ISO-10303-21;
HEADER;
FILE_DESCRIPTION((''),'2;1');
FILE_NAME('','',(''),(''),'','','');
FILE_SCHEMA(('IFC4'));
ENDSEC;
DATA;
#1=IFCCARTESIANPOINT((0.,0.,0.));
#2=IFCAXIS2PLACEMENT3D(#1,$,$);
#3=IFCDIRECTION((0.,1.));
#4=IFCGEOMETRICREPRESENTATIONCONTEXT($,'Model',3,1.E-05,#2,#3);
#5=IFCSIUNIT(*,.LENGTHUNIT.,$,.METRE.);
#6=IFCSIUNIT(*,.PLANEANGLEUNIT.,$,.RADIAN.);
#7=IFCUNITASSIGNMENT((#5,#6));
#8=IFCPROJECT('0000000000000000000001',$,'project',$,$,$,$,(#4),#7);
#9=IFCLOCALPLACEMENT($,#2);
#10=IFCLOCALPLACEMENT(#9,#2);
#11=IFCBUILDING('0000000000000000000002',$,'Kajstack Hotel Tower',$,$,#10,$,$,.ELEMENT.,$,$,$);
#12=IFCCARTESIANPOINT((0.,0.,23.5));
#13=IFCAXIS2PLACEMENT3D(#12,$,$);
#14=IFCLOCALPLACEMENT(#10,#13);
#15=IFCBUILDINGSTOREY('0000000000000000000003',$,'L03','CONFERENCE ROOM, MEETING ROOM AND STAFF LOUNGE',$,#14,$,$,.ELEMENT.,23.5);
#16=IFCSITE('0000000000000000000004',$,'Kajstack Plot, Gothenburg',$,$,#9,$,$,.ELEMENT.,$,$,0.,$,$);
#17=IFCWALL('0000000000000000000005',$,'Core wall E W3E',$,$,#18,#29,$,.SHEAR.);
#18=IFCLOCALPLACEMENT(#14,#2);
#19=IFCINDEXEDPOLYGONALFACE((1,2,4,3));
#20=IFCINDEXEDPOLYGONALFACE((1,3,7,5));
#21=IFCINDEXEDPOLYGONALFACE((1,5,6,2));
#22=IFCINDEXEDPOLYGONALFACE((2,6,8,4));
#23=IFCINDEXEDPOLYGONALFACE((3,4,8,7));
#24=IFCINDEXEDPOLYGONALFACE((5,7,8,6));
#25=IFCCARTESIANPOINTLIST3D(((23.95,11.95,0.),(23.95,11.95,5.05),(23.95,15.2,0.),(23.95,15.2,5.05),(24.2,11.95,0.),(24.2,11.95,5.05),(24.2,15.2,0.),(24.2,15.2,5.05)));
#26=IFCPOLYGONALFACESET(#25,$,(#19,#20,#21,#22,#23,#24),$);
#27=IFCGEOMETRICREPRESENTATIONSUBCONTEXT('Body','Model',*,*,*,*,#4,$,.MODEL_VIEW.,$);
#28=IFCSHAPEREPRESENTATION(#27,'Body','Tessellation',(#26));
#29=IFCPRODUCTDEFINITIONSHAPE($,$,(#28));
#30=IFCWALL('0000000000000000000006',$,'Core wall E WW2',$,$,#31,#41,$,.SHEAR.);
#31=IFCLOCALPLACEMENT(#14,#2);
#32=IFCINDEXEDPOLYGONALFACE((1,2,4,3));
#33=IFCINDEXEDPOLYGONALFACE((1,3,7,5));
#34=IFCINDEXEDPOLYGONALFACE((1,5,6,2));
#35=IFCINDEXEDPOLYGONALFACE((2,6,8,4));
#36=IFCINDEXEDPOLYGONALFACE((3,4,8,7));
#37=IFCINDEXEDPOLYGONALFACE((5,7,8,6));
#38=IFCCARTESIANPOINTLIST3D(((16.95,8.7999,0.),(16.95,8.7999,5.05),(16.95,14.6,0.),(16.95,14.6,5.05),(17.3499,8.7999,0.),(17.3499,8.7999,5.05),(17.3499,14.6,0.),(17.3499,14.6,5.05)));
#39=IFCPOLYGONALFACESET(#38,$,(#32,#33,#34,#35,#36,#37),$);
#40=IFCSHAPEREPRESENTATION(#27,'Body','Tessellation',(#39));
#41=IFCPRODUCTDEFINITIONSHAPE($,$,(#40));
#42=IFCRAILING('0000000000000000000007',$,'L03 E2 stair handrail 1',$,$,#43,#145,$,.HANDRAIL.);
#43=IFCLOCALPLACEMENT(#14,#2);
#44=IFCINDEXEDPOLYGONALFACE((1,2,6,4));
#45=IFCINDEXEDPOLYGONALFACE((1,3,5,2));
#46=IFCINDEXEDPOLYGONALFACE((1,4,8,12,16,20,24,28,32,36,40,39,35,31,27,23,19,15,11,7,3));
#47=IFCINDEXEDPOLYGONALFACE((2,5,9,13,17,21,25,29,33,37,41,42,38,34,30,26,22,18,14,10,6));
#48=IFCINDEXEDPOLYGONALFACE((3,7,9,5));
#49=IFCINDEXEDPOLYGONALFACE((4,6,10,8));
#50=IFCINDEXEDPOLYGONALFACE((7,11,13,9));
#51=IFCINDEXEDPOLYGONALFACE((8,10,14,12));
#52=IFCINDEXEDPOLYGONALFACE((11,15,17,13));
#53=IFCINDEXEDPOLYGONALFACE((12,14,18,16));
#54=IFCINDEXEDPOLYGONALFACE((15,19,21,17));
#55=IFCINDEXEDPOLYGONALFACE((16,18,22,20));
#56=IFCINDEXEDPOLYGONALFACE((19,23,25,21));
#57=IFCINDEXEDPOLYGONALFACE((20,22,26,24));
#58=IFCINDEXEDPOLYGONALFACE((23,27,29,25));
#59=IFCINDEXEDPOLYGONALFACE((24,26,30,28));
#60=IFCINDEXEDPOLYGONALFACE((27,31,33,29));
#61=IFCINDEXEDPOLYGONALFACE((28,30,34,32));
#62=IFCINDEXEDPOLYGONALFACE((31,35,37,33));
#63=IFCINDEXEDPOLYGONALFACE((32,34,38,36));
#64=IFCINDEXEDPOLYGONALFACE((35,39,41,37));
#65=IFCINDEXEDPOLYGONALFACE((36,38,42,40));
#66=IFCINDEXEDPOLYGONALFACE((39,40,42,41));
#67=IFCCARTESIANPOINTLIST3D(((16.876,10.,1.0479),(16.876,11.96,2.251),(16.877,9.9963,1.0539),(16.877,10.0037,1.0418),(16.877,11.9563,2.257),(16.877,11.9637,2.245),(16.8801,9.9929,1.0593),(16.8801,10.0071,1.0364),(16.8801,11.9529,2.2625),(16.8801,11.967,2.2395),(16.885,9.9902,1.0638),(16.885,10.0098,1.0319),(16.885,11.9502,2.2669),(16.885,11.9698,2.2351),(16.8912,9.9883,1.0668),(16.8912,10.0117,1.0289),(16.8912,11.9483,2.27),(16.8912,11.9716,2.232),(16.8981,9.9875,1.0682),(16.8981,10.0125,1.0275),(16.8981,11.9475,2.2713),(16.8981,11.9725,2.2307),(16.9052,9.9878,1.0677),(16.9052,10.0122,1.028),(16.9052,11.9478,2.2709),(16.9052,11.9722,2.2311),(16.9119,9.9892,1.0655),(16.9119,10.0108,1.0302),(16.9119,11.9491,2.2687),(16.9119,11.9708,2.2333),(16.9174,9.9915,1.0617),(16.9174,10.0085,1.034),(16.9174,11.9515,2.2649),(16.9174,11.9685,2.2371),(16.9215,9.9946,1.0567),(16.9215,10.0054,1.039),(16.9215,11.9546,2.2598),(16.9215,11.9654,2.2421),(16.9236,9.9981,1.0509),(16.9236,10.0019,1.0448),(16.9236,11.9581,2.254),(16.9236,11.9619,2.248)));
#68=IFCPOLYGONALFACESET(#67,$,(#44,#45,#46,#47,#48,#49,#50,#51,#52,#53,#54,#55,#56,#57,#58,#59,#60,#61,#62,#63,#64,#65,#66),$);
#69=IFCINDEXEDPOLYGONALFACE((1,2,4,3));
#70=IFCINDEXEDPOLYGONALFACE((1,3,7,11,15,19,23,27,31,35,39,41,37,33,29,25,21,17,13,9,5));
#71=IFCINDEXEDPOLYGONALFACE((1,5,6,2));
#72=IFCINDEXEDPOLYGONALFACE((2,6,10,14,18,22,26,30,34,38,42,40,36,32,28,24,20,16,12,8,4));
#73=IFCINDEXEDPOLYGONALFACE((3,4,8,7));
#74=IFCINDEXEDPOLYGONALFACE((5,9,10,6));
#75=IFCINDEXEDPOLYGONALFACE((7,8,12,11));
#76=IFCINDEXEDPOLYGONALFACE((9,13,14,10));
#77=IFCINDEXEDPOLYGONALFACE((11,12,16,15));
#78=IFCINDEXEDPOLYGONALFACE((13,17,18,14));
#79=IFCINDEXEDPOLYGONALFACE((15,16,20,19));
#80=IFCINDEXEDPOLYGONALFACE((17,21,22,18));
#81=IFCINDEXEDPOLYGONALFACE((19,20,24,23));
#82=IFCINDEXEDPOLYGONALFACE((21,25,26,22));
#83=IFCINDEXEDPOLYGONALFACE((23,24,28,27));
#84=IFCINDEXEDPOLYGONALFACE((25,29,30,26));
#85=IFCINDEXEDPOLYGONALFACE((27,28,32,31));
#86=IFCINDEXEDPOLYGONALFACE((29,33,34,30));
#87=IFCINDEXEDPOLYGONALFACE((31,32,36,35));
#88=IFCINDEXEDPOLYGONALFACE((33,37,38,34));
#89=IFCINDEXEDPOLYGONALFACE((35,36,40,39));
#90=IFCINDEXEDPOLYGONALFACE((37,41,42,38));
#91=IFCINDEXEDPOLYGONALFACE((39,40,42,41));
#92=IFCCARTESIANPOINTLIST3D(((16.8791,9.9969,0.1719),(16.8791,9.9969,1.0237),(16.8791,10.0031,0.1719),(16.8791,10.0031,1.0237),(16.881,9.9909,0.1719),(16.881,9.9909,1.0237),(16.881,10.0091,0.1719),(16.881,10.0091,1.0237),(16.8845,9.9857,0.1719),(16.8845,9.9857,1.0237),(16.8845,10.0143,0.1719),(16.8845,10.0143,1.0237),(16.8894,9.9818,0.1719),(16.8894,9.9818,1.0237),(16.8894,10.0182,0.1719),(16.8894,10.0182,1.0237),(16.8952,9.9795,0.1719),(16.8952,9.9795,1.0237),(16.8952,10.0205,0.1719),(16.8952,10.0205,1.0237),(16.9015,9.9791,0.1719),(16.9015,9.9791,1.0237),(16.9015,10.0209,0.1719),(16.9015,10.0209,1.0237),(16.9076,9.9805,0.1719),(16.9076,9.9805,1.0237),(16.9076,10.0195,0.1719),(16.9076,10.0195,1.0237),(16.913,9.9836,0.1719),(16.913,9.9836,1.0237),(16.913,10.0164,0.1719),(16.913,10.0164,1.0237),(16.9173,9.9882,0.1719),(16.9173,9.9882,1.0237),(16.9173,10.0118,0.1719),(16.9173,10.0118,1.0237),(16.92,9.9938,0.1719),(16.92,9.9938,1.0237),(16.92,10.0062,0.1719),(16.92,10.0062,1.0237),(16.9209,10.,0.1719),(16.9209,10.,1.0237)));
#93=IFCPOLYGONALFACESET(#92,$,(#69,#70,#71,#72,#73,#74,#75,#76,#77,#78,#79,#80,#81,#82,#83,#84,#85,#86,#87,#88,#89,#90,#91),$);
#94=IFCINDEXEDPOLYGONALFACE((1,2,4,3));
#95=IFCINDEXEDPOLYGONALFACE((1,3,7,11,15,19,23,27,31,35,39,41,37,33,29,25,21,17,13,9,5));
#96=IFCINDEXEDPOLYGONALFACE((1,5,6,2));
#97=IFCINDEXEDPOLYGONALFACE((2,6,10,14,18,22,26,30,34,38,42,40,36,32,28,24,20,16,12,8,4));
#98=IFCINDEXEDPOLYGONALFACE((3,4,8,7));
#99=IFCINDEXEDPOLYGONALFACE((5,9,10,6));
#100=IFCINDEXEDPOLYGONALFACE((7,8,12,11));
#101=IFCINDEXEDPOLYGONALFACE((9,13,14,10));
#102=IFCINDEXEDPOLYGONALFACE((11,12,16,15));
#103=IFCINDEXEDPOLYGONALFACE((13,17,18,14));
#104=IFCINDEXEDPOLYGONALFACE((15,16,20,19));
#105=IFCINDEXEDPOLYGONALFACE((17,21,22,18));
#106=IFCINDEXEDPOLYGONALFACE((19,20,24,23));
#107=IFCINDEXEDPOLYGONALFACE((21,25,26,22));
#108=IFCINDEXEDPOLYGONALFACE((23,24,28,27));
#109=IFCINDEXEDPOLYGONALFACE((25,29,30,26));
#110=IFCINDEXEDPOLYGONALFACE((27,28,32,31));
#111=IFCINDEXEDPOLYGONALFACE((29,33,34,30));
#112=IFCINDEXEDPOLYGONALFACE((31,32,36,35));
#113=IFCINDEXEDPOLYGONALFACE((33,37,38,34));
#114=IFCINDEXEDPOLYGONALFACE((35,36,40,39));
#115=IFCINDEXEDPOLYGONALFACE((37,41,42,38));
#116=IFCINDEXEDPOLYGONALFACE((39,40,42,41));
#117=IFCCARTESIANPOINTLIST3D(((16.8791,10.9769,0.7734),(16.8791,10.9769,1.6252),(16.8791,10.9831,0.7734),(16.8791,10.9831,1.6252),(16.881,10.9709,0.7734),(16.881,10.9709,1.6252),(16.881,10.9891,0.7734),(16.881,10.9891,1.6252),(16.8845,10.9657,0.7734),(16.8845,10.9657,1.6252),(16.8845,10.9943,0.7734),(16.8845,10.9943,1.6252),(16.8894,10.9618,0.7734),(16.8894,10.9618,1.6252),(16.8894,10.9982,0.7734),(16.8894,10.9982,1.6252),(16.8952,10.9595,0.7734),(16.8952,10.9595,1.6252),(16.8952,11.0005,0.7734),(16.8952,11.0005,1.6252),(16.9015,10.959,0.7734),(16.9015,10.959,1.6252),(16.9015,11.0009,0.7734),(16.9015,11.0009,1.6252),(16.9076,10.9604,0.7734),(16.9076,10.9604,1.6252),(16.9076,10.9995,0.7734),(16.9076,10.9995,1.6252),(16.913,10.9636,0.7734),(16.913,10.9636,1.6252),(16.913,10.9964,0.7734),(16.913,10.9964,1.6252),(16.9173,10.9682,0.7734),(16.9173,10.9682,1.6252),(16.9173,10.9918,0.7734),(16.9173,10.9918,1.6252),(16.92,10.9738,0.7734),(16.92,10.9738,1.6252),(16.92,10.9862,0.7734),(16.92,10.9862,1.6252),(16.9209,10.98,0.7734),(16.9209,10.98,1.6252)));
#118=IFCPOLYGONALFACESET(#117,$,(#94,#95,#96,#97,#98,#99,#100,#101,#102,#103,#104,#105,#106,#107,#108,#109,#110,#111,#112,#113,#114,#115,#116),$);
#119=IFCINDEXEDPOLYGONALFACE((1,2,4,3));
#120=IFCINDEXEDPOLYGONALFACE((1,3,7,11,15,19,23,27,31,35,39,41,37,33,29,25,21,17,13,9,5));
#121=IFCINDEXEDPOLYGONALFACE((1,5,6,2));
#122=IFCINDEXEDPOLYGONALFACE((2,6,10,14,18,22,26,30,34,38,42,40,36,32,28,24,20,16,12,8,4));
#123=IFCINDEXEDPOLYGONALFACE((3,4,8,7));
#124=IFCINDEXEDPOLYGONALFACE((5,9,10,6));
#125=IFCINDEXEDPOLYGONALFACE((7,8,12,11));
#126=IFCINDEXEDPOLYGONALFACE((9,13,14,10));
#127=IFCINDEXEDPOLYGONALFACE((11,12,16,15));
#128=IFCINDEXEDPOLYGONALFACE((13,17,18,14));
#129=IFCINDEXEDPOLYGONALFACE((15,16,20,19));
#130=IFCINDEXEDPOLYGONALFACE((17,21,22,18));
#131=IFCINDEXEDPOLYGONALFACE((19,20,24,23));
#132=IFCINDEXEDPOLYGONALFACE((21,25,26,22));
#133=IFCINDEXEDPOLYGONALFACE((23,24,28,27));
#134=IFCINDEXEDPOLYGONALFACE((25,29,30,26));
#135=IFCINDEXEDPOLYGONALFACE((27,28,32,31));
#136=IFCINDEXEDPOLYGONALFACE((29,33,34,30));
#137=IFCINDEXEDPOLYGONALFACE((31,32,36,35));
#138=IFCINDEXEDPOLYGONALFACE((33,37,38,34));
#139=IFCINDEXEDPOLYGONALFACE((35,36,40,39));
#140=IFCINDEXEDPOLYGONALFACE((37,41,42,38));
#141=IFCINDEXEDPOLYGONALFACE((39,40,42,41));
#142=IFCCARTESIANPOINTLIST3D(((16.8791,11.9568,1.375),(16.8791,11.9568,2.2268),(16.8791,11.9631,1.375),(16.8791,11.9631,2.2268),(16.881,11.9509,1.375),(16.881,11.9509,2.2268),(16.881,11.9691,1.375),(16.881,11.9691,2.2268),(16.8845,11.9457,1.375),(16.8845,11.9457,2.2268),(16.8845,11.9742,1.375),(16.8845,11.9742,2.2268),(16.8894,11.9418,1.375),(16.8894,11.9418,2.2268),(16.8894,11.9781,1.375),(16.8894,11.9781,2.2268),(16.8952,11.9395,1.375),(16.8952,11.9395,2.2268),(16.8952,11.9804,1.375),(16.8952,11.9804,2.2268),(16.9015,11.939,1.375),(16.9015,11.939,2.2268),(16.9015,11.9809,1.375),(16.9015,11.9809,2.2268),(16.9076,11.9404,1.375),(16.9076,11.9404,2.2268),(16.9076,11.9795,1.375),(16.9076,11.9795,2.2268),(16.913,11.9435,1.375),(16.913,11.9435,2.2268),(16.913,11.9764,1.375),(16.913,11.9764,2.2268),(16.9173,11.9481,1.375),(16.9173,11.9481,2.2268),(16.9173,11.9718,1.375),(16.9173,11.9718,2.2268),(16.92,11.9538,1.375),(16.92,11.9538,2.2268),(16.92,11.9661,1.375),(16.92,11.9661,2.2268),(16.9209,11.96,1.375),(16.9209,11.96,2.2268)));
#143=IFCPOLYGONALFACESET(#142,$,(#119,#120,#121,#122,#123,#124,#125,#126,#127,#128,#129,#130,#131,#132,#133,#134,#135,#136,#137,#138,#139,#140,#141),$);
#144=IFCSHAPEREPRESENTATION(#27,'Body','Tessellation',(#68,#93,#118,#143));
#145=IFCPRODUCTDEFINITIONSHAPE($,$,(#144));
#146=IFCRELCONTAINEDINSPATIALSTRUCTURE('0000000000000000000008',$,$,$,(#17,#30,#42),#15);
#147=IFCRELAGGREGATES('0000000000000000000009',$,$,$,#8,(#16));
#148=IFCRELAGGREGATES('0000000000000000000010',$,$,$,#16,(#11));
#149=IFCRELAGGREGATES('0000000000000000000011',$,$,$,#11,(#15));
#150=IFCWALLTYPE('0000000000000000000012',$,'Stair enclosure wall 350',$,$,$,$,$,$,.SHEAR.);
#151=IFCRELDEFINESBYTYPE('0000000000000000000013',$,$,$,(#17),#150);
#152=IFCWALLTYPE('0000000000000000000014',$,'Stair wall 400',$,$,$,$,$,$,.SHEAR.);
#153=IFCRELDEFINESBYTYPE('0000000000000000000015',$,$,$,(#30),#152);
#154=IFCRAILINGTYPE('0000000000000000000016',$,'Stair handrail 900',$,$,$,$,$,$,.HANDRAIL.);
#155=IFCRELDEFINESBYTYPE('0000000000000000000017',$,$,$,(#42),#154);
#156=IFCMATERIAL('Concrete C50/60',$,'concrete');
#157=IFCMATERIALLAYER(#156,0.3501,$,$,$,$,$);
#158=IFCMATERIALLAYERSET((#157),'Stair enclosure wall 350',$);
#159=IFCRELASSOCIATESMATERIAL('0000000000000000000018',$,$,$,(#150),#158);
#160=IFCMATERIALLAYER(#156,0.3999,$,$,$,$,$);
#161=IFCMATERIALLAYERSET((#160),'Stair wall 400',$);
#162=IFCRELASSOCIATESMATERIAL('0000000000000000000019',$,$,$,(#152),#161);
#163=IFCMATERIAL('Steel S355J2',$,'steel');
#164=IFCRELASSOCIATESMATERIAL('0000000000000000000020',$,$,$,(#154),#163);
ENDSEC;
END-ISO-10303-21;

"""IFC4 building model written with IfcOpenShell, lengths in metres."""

from ifc_helpers import new_model, si_unit, direction, frame, frame_2d, origin, origin_2d, place, context, subcontext, project, spatial, rectangle, circle, extrude, material, layer, layer_set, type_object, element, save


model = new_model("IFC4")

# Units and contexts
model_context = context("Model", 3, precision=1e-05, world=origin(), true_north=direction((0.0, 1.0)))
body_context = subcontext(model_context, "Body", "Model", "MODEL_VIEW")
ifc_project = project(units=[si_unit("LENGTHUNIT", "METRE"), si_unit("PLANEANGLEUNIT", "RADIAN")], contexts=[model_context])

# Site, building, storey
site_placement = place(None, origin())
site = spatial("IfcSite", under=ifc_project, at=site_placement, Name="Kajstack Plot, Gothenburg", CompositionType="ELEMENT", RefElevation=0.0)
building_placement = place(site_placement, origin())
building = spatial("IfcBuilding", under=site, at=building_placement, Name="Kajstack Hotel Tower", CompositionType="ELEMENT")
storey_placement = place(building_placement, frame((0.0, 0.0, 23.5)))
storey = spatial("IfcBuildingStorey", under=building, at=storey_placement, Name="L03", Description="CONFERENCE ROOM, MEETING ROOM AND STAFF LOUNGE", CompositionType="ELEMENT", Elevation=23.5)

# Shared definitions
ifc_material_1 = material(Name="Concrete C50/60", Category="concrete")

# Walls
ifc_layer_1 = layer(ifc_material_1, 0.3501)
ifc_layer_set_1 = layer_set([ifc_layer_1], Name="Stair enclosure wall 350")
wall_type_1 = type_object("IfcWallType", Name="Stair enclosure wall 350", PredefinedType="SHEAR", material=ifc_layer_set_1)
wall_1_placement = place(storey_placement, frame((24.075, 11.95, 0.0), z_axis=(0.0, 0.0, 1.0), x_axis=(0.0, 1.0, 0.0)))
element("IfcWall", 1, at=wall_1_placement, inside=storey, type_object=wall_type_1, Name="Core wall E W3E", PredefinedType="SHEAR", context=body_context, shape_type="SweptSolid", body=[
    extrude(rectangle(XDim=3.25, YDim=0.25, at=frame_2d((1.625, 0.0))), origin(), (0.0, 0.0, 1.0), 5.05),
])
ifc_layer_2 = layer(ifc_material_1, 0.3999)
ifc_layer_set_2 = layer_set([ifc_layer_2], Name="Stair wall 400")
wall_type_2 = type_object("IfcWallType", Name="Stair wall 400", PredefinedType="SHEAR", material=ifc_layer_set_2)
wall_2_placement = place(storey_placement, frame((17.1499, 8.8, 0.0), z_axis=(0.0, 0.0, 1.0), x_axis=(0.0, 1.0, 0.0)))
element("IfcWall", 2, at=wall_2_placement, inside=storey, type_object=wall_type_2, Name="Core wall E WW2", PredefinedType="SHEAR", context=body_context, shape_type="SweptSolid", body=[
    extrude(rectangle(XDim=5.8, YDim=0.3999, at=frame_2d((2.8999, 0.0))), origin(), (0.0, 0.0, 1.0), 5.05),
])

# Railing
ifc_material_2 = material(Name="Steel S355J2", Category="steel")
railing_type_1 = type_object("IfcRailingType", Name="Stair handrail 900", PredefinedType="HANDRAIL", material=ifc_material_2)
for number, where, name in (
    (3, (16.8999, 10.0, 0.1719), "L03 E2 stair handrail 1"),
):
    element("IfcRailing", number, at=place(storey_placement, frame(where)), inside=storey, type_object=railing_type_1, Name=name, PredefinedType="HANDRAIL", context=body_context, shape_type="SweptSolid", body=[
        extrude(circle(Radius=0.0239, at=origin_2d()), frame((0.0, 0.0, 0.876), z_axis=(0.0, 0.852241, 0.523149), x_axis=(-1.0, 0.0, 0.0)), (0.0, 0.0, 1.0), 2.2998),
        extrude(circle(Radius=0.021, at=origin_2d()), origin(), (0.0, 0.0, 1.0), 0.8518),
        extrude(circle(Radius=0.021, at=origin_2d()), frame((0.0, 0.98, 0.6016)), (0.0, 0.0, 1.0), 0.8518),
        extrude(circle(Radius=0.021, at=origin_2d()), frame((0.0, 1.96, 1.2031)), (0.0, 0.0, 1.0), 0.8518),
    ])

save(model, "model.ifc")
